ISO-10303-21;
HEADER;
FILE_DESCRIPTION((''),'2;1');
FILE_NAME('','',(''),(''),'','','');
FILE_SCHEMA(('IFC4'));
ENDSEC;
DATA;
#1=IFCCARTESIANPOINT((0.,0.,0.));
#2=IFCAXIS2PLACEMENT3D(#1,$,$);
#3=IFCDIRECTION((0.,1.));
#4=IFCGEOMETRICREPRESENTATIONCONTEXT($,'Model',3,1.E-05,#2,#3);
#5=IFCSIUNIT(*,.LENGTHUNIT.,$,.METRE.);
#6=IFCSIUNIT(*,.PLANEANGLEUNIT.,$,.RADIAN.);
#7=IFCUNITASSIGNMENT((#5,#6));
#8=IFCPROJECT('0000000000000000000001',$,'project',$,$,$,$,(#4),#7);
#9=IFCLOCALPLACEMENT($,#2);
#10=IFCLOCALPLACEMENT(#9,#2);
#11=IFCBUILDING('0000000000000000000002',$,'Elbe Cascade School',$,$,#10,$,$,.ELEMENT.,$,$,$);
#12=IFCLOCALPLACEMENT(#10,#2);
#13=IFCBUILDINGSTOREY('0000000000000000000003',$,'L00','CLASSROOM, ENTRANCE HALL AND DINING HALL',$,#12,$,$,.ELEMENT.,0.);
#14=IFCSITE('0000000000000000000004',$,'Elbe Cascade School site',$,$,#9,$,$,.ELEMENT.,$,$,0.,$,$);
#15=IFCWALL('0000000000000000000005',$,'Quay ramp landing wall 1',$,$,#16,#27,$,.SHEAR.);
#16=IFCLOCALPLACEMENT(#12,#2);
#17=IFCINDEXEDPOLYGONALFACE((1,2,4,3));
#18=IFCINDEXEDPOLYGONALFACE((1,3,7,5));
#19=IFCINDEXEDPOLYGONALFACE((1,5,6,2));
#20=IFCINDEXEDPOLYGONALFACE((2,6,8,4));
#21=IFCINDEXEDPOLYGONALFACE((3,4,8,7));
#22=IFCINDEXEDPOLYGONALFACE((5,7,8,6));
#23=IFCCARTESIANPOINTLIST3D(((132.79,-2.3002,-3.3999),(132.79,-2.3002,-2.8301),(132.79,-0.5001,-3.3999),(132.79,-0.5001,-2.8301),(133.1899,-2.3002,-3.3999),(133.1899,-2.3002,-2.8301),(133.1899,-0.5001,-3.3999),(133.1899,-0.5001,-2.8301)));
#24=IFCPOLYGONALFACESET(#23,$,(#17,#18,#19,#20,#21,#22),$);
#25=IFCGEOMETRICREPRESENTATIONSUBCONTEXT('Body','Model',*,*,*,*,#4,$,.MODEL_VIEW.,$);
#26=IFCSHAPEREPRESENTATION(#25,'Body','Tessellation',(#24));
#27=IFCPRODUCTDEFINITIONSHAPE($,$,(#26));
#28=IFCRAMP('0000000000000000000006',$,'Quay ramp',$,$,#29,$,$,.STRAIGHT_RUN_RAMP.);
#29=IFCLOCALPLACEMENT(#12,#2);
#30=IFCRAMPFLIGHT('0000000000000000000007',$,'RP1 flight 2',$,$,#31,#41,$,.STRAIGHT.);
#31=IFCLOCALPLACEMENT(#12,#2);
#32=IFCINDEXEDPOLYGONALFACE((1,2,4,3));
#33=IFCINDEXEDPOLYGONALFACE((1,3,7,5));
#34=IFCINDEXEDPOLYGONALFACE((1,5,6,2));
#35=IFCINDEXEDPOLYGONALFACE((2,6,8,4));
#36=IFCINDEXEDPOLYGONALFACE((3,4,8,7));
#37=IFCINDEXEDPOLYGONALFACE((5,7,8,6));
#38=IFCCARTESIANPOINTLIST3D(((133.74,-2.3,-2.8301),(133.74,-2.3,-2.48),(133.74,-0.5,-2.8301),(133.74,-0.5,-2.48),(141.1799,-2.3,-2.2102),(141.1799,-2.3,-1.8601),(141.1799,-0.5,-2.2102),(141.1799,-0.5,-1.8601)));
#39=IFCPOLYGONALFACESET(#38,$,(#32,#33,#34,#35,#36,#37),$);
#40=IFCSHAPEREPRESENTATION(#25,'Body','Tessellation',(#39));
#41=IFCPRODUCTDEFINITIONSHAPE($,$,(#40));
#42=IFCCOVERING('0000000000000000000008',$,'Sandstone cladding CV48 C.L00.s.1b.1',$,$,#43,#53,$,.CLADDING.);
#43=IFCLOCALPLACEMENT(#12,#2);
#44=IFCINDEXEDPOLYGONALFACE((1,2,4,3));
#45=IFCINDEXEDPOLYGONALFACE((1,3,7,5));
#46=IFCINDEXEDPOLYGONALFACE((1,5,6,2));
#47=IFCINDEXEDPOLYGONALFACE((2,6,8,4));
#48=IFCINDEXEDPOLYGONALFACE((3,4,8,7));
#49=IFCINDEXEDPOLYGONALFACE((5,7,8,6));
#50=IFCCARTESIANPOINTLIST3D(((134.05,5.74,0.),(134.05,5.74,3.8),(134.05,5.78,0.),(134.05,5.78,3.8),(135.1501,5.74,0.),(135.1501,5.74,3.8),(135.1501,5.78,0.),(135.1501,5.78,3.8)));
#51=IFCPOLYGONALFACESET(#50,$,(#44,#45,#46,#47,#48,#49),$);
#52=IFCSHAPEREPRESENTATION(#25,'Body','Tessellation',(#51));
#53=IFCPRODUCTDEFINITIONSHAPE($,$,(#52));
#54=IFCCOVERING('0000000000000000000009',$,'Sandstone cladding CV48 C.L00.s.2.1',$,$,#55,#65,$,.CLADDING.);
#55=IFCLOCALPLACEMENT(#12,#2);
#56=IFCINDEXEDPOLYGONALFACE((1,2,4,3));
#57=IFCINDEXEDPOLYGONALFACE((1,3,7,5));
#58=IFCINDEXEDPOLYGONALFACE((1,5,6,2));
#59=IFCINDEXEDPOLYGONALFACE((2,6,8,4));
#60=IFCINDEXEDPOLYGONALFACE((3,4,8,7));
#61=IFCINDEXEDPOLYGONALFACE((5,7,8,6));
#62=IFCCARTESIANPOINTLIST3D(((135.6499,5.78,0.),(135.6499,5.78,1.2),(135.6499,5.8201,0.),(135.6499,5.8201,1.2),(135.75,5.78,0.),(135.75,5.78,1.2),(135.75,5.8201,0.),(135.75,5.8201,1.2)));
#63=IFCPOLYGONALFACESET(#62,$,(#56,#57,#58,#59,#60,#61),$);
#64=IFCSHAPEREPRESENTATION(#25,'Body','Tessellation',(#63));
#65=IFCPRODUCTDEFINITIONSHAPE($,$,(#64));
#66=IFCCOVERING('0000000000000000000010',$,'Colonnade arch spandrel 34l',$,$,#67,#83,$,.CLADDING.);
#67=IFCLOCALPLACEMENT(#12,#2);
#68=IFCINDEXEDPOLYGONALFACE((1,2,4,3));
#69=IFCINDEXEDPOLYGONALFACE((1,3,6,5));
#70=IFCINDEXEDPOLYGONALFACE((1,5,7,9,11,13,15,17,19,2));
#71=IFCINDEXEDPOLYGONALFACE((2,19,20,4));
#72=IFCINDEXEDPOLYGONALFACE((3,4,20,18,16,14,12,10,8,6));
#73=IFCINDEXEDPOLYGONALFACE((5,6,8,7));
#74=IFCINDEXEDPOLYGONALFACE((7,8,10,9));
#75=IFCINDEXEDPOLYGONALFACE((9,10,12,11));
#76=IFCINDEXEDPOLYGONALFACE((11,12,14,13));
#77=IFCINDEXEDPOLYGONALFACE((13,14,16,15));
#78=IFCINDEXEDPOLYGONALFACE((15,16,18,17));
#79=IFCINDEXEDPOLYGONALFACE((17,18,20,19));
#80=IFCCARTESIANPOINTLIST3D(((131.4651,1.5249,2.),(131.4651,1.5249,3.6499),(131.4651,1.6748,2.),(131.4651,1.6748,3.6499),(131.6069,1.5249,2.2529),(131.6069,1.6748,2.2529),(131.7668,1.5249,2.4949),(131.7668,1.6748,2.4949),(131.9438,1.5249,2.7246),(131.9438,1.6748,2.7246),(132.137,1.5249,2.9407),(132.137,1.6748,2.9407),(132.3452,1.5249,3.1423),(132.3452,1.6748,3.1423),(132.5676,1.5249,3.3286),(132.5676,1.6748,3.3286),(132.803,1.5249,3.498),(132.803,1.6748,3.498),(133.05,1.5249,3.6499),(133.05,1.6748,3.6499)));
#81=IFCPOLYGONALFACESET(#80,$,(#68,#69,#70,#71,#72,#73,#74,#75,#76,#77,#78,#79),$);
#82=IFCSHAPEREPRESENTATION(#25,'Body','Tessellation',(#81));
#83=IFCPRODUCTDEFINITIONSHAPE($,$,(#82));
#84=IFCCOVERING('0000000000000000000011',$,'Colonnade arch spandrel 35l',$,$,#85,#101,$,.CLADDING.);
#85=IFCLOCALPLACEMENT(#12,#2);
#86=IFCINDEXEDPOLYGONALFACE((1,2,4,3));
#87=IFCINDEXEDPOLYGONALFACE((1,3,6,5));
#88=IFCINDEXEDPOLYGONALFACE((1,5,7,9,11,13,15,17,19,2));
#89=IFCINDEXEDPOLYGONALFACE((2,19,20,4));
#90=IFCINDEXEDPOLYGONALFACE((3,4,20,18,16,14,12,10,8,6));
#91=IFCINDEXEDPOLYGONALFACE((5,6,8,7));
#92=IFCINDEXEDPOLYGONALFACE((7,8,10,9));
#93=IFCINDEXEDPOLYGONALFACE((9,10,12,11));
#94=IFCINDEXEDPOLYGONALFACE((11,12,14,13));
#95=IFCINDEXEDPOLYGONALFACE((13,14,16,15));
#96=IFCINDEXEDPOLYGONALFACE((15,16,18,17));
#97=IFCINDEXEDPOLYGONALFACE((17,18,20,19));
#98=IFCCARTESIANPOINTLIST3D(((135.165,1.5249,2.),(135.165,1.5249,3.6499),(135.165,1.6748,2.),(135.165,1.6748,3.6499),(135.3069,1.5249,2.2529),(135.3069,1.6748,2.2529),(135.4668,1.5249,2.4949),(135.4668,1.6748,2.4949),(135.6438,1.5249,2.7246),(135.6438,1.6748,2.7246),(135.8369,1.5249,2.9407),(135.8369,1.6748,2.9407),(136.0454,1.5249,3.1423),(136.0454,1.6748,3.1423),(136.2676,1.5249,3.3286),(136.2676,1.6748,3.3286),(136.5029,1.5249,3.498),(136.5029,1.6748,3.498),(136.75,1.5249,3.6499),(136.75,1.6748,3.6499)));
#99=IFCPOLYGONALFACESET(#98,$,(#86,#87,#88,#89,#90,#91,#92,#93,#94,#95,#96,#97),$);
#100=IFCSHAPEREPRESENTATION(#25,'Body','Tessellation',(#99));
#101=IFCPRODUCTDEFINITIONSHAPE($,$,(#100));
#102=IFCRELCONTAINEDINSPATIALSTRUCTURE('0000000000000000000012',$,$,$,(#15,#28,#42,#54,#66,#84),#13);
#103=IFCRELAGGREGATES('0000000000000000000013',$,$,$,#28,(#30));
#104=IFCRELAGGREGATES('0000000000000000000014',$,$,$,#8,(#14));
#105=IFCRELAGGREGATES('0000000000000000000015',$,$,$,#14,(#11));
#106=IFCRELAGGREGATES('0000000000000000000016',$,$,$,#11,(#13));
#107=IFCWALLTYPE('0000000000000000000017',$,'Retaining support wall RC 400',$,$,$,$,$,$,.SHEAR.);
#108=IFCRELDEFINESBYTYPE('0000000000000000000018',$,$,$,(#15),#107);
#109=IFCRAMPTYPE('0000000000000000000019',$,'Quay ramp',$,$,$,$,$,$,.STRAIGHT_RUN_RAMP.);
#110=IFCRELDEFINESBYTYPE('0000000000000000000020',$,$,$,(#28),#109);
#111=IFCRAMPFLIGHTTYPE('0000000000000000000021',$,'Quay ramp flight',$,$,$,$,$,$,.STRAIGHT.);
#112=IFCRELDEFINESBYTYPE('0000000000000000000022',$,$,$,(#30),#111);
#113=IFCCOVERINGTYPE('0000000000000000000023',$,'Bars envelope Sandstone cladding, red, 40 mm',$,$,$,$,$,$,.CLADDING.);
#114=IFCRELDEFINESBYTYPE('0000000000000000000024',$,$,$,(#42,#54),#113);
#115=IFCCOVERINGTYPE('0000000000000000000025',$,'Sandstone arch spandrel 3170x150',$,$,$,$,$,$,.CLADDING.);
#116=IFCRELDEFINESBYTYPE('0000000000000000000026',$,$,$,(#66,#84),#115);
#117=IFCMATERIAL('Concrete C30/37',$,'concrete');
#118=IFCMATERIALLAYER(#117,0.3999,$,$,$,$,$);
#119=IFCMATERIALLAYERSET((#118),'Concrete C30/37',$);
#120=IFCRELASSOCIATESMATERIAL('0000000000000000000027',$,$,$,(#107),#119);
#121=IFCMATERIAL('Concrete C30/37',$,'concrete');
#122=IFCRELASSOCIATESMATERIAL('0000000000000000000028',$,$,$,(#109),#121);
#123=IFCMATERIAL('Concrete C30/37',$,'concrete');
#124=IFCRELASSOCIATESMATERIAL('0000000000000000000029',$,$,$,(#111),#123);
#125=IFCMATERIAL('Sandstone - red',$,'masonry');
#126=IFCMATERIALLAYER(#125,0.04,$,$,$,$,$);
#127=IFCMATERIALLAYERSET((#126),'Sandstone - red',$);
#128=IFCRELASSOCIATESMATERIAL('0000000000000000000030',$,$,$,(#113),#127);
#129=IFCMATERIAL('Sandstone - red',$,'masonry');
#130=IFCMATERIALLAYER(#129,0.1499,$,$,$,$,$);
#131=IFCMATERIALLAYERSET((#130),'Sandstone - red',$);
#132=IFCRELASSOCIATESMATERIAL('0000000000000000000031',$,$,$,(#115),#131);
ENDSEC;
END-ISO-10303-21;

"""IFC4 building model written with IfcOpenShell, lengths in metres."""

from ifc_helpers import new_model, si_unit, direction, frame, frame_2d, origin, origin_2d, place, context, subcontext, project, spatial, polyline, rectangle, outline, extrude, material, layer, layer_set, type_object, element, aggregate, save


model = new_model("IFC4")

# Units and contexts
model_context = context("Model", 3, precision=1e-05, world=origin(), true_north=direction((0.0, 1.0)))
body_context = subcontext(model_context, "Body", "Model", "MODEL_VIEW")
ifc_project = project(units=[si_unit("LENGTHUNIT", "METRE"), si_unit("PLANEANGLEUNIT", "RADIAN")], contexts=[model_context])

# Site, building, storey
site_placement = place(None, origin())
site = spatial("IfcSite", under=ifc_project, at=site_placement, Name="Elbe Cascade School site", CompositionType="ELEMENT", RefElevation=0.0)
building_placement = place(site_placement, origin())
building = spatial("IfcBuilding", under=site, at=building_placement, Name="Elbe Cascade School", CompositionType="ELEMENT")
storey_placement = place(building_placement, origin())
storey = spatial("IfcBuildingStorey", under=building, at=storey_placement, Name="L00", Description="CLASSROOM, ENTRANCE HALL AND DINING HALL", CompositionType="ELEMENT", Elevation=0.0)

# Wall
ifc_material_1 = material(Name="Concrete C30/37", Category="concrete")
ifc_layer_1 = layer(ifc_material_1, 0.3999)
ifc_layer_set_1 = layer_set([ifc_layer_1], Name="Concrete C30/37")
wall_type_1 = type_object("IfcWallType", Name="Retaining support wall RC 400", PredefinedType="SHEAR", material=ifc_layer_set_1)
wall_1_placement = place(storey_placement, frame((132.99, -2.3, -3.3999), z_axis=(0.0, 0.0, 1.0), x_axis=(0.0, 1.0, 0.0)))
element("IfcWall", 1, at=wall_1_placement, inside=storey, type_object=wall_type_1, Name="Quay ramp landing wall 1", PredefinedType="SHEAR", context=body_context, shape_type="SweptSolid", body=[
    extrude(rectangle(XDim=1.8, YDim=0.3999, at=frame_2d((0.8999, 0.0))), origin(), (0.0, 0.0, 1.0), 0.5698),
])

# Ramp, ramp flight
ifc_material_2 = material(Name="Concrete C30/37", Category="concrete")
ramp_type = type_object("IfcRampType", Name="Quay ramp", PredefinedType="STRAIGHT_RUN_RAMP", material=ifc_material_2)
ramp_placement = place(storey_placement, origin())
ramp = element("IfcRamp", 2, at=ramp_placement, inside=storey, type_object=ramp_type, Name="Quay ramp", PredefinedType="STRAIGHT_RUN_RAMP")
ifc_material_3 = material(Name="Concrete C30/37", Category="concrete")
ramp_flight_type = type_object("IfcRampFlightType", Name="Quay ramp flight", PredefinedType="STRAIGHT", material=ifc_material_3)
ramp_flight_placement = place(storey_placement, frame((133.74, -1.3999, -2.48), z_axis=(0.0, 0.0, 1.0), x_axis=(1.0, 0.0, 0.0)))
ramp_flight = element("IfcRampFlight", 3, at=ramp_flight_placement, type_object=ramp_flight_type, Name="RP1 flight 2", PredefinedType="STRAIGHT", context=body_context, shape_type="SweptSolid", body=[
    extrude(outline(polyline([(0.0, -0.3501), (7.4399, 0.2698), (7.4399, 0.6199), (0.0, 0.0), (0.0, -0.3501)])), frame((0.0, 0.8999, 0.0), z_axis=(0.0, -1.0, 0.0), x_axis=(1.0, 0.0, 0.0)), (0.0, 0.0, 1.0), 1.8),
])
aggregate(ramp, [ramp_flight])

# Coverings
ifc_material_4 = material(Name="Sandstone - red", Category="masonry")
ifc_layer_2 = layer(ifc_material_4, 0.04)
ifc_layer_set_2 = layer_set([ifc_layer_2], Name="Sandstone - red")
covering_type_1 = type_object("IfcCoveringType", Name="Bars envelope Sandstone cladding, red, 40 mm", PredefinedType="CLADDING", material=ifc_layer_set_2)
covering_1_placement = place(storey_placement, frame((134.6001, 5.76, 0.0), z_axis=(0.0, 0.0, 1.0), x_axis=(1.0, 0.0, 0.0)))
element("IfcCovering", 4, at=covering_1_placement, inside=storey, type_object=covering_type_1, Name="Sandstone cladding CV48 C.L00.s.1b.1", PredefinedType="CLADDING", context=body_context, shape_type="SweptSolid", body=[
    extrude(rectangle(XDim=1.1001, YDim=0.04, at=origin_2d()), origin(), (0.0, 0.0, 1.0), 3.8),
])
covering_2_placement = place(storey_placement, frame((135.7, 5.8, 0.0), z_axis=(0.0, 0.0, 1.0), x_axis=(1.0, 0.0, 0.0)))
element("IfcCovering", 5, at=covering_2_placement, inside=storey, type_object=covering_type_1, Name="Sandstone cladding CV48 C.L00.s.2.1", PredefinedType="CLADDING", context=body_context, shape_type="SweptSolid", body=[
    extrude(rectangle(XDim=0.1001, YDim=0.04, at=origin_2d()), origin(), (0.0, 0.0, 1.0), 1.2),
])
ifc_material_5 = material(Name="Sandstone - red", Category="masonry")
ifc_layer_3 = layer(ifc_material_5, 0.1499)
ifc_layer_set_3 = layer_set([ifc_layer_3], Name="Sandstone - red")
covering_type_2 = type_object("IfcCoveringType", Name="Sandstone arch spandrel 3170x150", PredefinedType="CLADDING", material=ifc_layer_set_3)
covering_3_placement = place(storey_placement, frame((131.4651, 1.5249, 3.6499), z_axis=(0.0, -1.0, 0.0), x_axis=(0.0, 0.0, -1.0)))
element("IfcCovering", 6, at=covering_3_placement, inside=storey, type_object=covering_type_2, Name="Colonnade arch spandrel 34l", PredefinedType="CLADDING", context=body_context, shape_type="SweptSolid", body=[
    extrude(outline(polyline([(0.0, 0.0), (1.6499, 0.0), (1.397, 0.1418), (1.155, 0.3018), (0.9253, 0.4788), (0.7092, 0.6719), (0.5076, 0.8801), (0.3213, 1.1025), (0.1519, 1.3379), (0.0, 1.585), (0.0, 0.0)])), origin(), (0.0, 0.0, -1.0), 0.1499),
])
covering_4_placement = place(storey_placement, frame((135.165, 1.5249, 3.6499), z_axis=(0.0, -1.0, 0.0), x_axis=(0.0, 0.0, -1.0)))
element("IfcCovering", 7, at=covering_4_placement, inside=storey, type_object=covering_type_2, Name="Colonnade arch spandrel 35l", PredefinedType="CLADDING", context=body_context, shape_type="SweptSolid", body=[
    extrude(outline(polyline([(0.0, 0.0), (1.6499, 0.0), (1.397, 0.1418), (1.155, 0.3018), (0.9253, 0.4788), (0.7092, 0.6719), (0.5076, 0.8804), (0.3213, 1.1025), (0.1519, 1.3379), (0.0, 1.585), (0.0, 0.0)])), origin(), (0.0, 0.0, -1.0), 0.1499),
])

save(model, "model.ifc")
